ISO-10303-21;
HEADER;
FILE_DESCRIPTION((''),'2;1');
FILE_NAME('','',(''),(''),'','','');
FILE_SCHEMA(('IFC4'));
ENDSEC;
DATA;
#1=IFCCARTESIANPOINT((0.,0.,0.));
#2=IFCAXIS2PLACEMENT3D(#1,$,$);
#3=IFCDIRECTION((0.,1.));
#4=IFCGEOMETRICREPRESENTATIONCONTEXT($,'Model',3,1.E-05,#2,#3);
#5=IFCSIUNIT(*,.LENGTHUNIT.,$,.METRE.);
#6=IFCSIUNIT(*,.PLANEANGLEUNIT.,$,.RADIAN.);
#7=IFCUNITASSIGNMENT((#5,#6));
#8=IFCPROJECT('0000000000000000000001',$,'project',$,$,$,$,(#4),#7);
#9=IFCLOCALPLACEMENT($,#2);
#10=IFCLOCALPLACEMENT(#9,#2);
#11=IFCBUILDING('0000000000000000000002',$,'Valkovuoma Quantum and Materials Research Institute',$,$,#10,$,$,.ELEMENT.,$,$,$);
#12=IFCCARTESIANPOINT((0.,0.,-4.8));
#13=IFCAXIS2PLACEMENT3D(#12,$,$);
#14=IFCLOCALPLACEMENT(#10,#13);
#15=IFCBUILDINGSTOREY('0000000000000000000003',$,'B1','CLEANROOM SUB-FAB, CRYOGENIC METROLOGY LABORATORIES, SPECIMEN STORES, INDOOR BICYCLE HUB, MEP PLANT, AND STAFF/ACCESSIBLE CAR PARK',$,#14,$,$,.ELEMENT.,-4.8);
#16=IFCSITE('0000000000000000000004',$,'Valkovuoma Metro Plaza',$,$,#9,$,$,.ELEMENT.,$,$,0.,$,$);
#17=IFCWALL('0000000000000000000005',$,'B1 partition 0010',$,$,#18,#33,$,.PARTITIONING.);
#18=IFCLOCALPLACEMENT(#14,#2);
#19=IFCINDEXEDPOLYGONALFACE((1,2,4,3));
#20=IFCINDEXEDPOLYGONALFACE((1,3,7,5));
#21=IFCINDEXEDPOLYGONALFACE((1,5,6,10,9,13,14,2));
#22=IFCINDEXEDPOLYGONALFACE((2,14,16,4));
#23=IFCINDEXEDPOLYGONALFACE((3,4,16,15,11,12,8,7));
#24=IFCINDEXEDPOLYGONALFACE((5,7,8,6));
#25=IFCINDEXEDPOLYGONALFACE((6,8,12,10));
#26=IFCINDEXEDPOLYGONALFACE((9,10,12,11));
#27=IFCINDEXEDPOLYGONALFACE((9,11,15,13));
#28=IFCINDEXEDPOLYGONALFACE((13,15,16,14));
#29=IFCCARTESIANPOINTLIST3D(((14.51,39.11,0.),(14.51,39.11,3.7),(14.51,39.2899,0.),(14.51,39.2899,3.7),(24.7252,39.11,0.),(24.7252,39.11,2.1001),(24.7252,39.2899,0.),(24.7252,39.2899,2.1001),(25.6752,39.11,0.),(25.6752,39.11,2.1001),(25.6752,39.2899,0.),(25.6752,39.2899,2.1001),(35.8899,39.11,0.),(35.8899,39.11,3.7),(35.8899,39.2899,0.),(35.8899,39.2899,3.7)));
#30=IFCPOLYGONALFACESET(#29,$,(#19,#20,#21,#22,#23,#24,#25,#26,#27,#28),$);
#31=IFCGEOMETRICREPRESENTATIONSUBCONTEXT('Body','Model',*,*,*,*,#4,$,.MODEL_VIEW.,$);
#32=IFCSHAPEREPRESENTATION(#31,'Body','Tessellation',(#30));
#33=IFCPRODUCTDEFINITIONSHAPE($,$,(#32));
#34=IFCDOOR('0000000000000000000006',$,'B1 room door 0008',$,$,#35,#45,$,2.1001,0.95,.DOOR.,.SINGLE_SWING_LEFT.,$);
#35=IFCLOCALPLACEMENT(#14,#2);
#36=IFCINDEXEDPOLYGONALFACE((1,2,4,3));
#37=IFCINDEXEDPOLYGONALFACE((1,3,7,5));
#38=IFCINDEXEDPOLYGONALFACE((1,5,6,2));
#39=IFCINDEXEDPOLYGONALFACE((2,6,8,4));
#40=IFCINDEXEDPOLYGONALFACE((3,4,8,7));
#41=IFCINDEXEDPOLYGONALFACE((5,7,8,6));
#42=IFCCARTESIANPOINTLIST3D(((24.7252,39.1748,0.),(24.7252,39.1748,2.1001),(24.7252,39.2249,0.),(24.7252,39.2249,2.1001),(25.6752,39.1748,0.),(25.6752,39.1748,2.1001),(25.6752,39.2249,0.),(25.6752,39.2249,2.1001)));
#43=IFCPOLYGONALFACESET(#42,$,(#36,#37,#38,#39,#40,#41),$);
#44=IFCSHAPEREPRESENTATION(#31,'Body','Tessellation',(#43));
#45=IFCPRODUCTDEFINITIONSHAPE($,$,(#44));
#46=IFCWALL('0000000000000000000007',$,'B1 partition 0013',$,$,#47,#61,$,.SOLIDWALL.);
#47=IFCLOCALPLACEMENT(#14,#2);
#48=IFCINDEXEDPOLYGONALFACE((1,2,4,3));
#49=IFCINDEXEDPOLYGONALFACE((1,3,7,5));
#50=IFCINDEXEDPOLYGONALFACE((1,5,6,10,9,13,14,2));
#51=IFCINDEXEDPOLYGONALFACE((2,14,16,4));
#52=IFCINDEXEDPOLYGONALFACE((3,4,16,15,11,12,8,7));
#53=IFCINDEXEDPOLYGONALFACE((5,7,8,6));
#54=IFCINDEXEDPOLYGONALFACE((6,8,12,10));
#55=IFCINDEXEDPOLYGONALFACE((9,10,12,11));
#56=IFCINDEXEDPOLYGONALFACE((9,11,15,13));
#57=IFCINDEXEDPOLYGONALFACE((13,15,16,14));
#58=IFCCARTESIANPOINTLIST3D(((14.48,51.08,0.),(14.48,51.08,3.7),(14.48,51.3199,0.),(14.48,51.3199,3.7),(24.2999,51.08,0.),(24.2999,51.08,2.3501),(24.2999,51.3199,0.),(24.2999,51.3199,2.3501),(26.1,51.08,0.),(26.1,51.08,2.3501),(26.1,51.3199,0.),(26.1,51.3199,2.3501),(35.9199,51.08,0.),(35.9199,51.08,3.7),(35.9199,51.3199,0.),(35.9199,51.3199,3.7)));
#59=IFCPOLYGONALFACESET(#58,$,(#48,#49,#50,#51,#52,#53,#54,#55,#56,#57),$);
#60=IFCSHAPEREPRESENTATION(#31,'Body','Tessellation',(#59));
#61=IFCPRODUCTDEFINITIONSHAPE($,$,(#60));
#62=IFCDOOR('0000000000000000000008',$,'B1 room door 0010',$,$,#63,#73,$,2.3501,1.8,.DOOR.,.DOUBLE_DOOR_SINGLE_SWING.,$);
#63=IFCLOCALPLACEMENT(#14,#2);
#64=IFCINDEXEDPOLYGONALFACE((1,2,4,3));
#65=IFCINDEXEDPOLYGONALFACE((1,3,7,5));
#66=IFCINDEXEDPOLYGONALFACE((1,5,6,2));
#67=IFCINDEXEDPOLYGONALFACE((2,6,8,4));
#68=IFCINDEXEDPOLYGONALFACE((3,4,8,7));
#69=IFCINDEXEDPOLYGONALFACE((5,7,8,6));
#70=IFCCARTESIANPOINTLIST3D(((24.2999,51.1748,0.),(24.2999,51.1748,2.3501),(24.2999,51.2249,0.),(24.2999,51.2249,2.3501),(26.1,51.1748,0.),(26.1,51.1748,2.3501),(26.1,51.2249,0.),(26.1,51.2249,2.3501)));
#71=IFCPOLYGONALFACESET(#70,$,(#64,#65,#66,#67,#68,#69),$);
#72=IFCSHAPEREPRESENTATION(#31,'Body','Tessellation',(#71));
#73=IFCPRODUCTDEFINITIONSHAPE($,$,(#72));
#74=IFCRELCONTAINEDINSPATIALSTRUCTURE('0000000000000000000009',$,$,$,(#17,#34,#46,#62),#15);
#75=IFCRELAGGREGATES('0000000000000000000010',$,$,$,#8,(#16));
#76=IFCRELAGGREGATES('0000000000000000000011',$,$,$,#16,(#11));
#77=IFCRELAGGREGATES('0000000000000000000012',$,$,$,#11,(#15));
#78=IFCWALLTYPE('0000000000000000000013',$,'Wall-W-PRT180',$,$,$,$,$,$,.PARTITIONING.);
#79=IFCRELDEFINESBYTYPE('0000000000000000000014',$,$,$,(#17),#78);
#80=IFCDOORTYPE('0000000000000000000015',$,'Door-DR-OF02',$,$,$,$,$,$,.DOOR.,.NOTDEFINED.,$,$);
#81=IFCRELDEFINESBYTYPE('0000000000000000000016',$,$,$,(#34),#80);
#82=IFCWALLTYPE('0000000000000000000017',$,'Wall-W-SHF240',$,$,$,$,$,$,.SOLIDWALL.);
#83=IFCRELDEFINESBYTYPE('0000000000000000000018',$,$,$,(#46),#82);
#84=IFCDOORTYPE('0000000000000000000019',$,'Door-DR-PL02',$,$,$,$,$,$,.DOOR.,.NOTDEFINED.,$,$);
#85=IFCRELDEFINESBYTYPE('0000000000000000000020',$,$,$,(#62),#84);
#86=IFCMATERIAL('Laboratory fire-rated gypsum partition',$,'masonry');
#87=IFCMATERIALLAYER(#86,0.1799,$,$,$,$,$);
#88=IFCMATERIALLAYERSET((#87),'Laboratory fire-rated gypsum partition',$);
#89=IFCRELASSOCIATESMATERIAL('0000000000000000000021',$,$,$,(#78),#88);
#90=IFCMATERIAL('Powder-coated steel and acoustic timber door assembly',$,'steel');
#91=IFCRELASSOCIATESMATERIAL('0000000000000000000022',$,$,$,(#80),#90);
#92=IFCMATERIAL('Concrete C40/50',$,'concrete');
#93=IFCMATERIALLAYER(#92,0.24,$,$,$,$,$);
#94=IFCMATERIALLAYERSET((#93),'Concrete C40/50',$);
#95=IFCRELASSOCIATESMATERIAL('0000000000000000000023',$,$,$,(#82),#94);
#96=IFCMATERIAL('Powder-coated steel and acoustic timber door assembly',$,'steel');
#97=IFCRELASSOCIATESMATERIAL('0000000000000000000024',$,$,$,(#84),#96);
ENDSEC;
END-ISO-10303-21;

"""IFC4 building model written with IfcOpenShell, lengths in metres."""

from ifc_helpers import new_model, si_unit, direction, frame, frame_2d, origin, place, context, subcontext, project, spatial, rectangle, extrude, material, layer, layer_set, type_object, element, fill, save


model = new_model("IFC4")

# Units and contexts
model_context = context("Model", 3, precision=1e-05, world=origin(), true_north=direction((0.0, 1.0)))
body_context = subcontext(model_context, "Body", "Model", "MODEL_VIEW")
ifc_project = project(units=[si_unit("LENGTHUNIT", "METRE"), si_unit("PLANEANGLEUNIT", "RADIAN")], contexts=[model_context])

# Site, building, storey
site_placement = place(None, origin())
site = spatial("IfcSite", under=ifc_project, at=site_placement, Name="Valkovuoma Metro Plaza", CompositionType="ELEMENT", RefElevation=0.0)
building_placement = place(site_placement, origin())
building = spatial("IfcBuilding", under=site, at=building_placement, Name="Valkovuoma Quantum and Materials Research Institute", CompositionType="ELEMENT")
storey_placement = place(building_placement, frame((0.0, 0.0, -4.8)))
storey = spatial("IfcBuildingStorey", under=building, at=storey_placement, Name="B1", Description="CLEANROOM SUB-FAB, CRYOGENIC METROLOGY LABORATORIES, SPECIMEN STORES, INDOOR BICYCLE HUB, MEP PLANT, AND STAFF/ACCESSIBLE CAR PARK", CompositionType="ELEMENT", Elevation=-4.8)

# Walls, openings, doors
ifc_material_1 = material(Name="Laboratory fire-rated gypsum partition", Category="masonry")
ifc_layer_1 = layer(ifc_material_1, 0.1799)
ifc_layer_set_1 = layer_set([ifc_layer_1], Name="Laboratory fire-rated gypsum partition")
wall_type_1 = type_object("IfcWallType", Name="Wall-W-PRT180", PredefinedType="PARTITIONING", material=ifc_layer_set_1)
wall_1_placement = place(storey_placement, frame((14.51, 39.2, 0.0), z_axis=(0.0, 0.0, 1.0), x_axis=(1.0, 0.0, 0.0)))
wall_1 = element("IfcWall", 1, at=wall_1_placement, inside=storey, type_object=wall_type_1, Name="B1 partition 0010", PredefinedType="PARTITIONING", context=body_context, shape_type="SweptSolid", body=[
    extrude(rectangle(XDim=21.3799, YDim=0.1799, at=frame_2d((10.6899, 0.0))), origin(), (0.0, 0.0, 1.0), 3.7),
])
opening_1_placement = place(wall_1_placement, frame((10.2151, 0.0, 0.0)))
opening_1 = element("IfcOpeningElement", 2, at=opening_1_placement, cuts=wall_1, PredefinedType="OPENING", context=body_context, shape_type="SweptSolid", body=[
    extrude(rectangle(XDim=0.95, YDim=2.1001, at=frame_2d((0.4751, 1.05))), frame((0.0, 0.1001, 0.0), z_axis=(0.0, -1.0, 0.0), x_axis=(1.0, 0.0, 0.0)), (0.0, 0.0, 1.0), 0.2),
])
ifc_material_2 = material(Name="Powder-coated steel and acoustic timber door assembly", Category="steel")
door_type_1 = type_object("IfcDoorType", Name="Door-DR-OF02", OperationType="NOTDEFINED", PredefinedType="DOOR", material=ifc_material_2)
door_1_placement = place(opening_1_placement, origin())
door_1 = element("IfcDoor", 3, at=door_1_placement, inside=storey, type_object=door_type_1, Name="B1 room door 0008", OperationType="SINGLE_SWING_LEFT", OverallHeight=2.1001, OverallWidth=0.95, PredefinedType="DOOR", context=body_context, shape_type="SweptSolid", body=[
    extrude(rectangle(XDim=0.95, YDim=2.1001, at=frame_2d((0.4751, 1.05))), frame((0.0, 0.0249, 0.0), z_axis=(0.0, -1.0, 0.0), x_axis=(1.0, 0.0, 0.0)), (0.0, 0.0, 1.0), 0.05),
])
fill(opening_1, door_1)
ifc_material_3 = material(Name="Concrete C40/50", Category="concrete")
ifc_layer_2 = layer(ifc_material_3, 0.24)
ifc_layer_set_2 = layer_set([ifc_layer_2], Name="Concrete C40/50")
wall_type_2 = type_object("IfcWallType", Name="Wall-W-SHF240", PredefinedType="SOLIDWALL", material=ifc_layer_set_2)
wall_2_placement = place(storey_placement, frame((14.48, 51.2, 0.0), z_axis=(0.0, 0.0, 1.0), x_axis=(1.0, 0.0, 0.0)))
wall_2 = element("IfcWall", 4, at=wall_2_placement, inside=storey, type_object=wall_type_2, Name="B1 partition 0013", PredefinedType="SOLIDWALL", context=body_context, shape_type="SweptSolid", body=[
    extrude(rectangle(XDim=21.4399, YDim=0.24, at=frame_2d((10.72, 0.0))), origin(), (0.0, 0.0, 1.0), 3.7),
])
opening_2_placement = place(wall_2_placement, frame((9.8201, 0.0, 0.0)))
opening_2 = element("IfcOpeningElement", 5, at=opening_2_placement, cuts=wall_2, PredefinedType="OPENING", context=body_context, shape_type="SweptSolid", body=[
    extrude(rectangle(XDim=1.8, YDim=2.3501, at=frame_2d((0.8999, 1.175))), frame((0.0, 0.1299, 0.0), z_axis=(0.0, -1.0, 0.0), x_axis=(1.0, 0.0, 0.0)), (0.0, 0.0, 1.0), 0.26),
])
ifc_material_4 = material(Name="Powder-coated steel and acoustic timber door assembly", Category="steel")
door_type_2 = type_object("IfcDoorType", Name="Door-DR-PL02", OperationType="NOTDEFINED", PredefinedType="DOOR", material=ifc_material_4)
door_2_placement = place(opening_2_placement, origin())
door_2 = element("IfcDoor", 6, at=door_2_placement, inside=storey, type_object=door_type_2, Name="B1 room door 0010", OperationType="DOUBLE_DOOR_SINGLE_SWING", OverallHeight=2.3501, OverallWidth=1.8, PredefinedType="DOOR", context=body_context, shape_type="SweptSolid", body=[
    extrude(rectangle(XDim=1.8, YDim=2.3501, at=frame_2d((0.8999, 1.175))), frame((0.0, 0.0249, 0.0), z_axis=(0.0, -1.0, 0.0), x_axis=(1.0, 0.0, 0.0)), (0.0, 0.0, 1.0), 0.05),
])
fill(opening_2, door_2)

save(model, "model.ifc")
